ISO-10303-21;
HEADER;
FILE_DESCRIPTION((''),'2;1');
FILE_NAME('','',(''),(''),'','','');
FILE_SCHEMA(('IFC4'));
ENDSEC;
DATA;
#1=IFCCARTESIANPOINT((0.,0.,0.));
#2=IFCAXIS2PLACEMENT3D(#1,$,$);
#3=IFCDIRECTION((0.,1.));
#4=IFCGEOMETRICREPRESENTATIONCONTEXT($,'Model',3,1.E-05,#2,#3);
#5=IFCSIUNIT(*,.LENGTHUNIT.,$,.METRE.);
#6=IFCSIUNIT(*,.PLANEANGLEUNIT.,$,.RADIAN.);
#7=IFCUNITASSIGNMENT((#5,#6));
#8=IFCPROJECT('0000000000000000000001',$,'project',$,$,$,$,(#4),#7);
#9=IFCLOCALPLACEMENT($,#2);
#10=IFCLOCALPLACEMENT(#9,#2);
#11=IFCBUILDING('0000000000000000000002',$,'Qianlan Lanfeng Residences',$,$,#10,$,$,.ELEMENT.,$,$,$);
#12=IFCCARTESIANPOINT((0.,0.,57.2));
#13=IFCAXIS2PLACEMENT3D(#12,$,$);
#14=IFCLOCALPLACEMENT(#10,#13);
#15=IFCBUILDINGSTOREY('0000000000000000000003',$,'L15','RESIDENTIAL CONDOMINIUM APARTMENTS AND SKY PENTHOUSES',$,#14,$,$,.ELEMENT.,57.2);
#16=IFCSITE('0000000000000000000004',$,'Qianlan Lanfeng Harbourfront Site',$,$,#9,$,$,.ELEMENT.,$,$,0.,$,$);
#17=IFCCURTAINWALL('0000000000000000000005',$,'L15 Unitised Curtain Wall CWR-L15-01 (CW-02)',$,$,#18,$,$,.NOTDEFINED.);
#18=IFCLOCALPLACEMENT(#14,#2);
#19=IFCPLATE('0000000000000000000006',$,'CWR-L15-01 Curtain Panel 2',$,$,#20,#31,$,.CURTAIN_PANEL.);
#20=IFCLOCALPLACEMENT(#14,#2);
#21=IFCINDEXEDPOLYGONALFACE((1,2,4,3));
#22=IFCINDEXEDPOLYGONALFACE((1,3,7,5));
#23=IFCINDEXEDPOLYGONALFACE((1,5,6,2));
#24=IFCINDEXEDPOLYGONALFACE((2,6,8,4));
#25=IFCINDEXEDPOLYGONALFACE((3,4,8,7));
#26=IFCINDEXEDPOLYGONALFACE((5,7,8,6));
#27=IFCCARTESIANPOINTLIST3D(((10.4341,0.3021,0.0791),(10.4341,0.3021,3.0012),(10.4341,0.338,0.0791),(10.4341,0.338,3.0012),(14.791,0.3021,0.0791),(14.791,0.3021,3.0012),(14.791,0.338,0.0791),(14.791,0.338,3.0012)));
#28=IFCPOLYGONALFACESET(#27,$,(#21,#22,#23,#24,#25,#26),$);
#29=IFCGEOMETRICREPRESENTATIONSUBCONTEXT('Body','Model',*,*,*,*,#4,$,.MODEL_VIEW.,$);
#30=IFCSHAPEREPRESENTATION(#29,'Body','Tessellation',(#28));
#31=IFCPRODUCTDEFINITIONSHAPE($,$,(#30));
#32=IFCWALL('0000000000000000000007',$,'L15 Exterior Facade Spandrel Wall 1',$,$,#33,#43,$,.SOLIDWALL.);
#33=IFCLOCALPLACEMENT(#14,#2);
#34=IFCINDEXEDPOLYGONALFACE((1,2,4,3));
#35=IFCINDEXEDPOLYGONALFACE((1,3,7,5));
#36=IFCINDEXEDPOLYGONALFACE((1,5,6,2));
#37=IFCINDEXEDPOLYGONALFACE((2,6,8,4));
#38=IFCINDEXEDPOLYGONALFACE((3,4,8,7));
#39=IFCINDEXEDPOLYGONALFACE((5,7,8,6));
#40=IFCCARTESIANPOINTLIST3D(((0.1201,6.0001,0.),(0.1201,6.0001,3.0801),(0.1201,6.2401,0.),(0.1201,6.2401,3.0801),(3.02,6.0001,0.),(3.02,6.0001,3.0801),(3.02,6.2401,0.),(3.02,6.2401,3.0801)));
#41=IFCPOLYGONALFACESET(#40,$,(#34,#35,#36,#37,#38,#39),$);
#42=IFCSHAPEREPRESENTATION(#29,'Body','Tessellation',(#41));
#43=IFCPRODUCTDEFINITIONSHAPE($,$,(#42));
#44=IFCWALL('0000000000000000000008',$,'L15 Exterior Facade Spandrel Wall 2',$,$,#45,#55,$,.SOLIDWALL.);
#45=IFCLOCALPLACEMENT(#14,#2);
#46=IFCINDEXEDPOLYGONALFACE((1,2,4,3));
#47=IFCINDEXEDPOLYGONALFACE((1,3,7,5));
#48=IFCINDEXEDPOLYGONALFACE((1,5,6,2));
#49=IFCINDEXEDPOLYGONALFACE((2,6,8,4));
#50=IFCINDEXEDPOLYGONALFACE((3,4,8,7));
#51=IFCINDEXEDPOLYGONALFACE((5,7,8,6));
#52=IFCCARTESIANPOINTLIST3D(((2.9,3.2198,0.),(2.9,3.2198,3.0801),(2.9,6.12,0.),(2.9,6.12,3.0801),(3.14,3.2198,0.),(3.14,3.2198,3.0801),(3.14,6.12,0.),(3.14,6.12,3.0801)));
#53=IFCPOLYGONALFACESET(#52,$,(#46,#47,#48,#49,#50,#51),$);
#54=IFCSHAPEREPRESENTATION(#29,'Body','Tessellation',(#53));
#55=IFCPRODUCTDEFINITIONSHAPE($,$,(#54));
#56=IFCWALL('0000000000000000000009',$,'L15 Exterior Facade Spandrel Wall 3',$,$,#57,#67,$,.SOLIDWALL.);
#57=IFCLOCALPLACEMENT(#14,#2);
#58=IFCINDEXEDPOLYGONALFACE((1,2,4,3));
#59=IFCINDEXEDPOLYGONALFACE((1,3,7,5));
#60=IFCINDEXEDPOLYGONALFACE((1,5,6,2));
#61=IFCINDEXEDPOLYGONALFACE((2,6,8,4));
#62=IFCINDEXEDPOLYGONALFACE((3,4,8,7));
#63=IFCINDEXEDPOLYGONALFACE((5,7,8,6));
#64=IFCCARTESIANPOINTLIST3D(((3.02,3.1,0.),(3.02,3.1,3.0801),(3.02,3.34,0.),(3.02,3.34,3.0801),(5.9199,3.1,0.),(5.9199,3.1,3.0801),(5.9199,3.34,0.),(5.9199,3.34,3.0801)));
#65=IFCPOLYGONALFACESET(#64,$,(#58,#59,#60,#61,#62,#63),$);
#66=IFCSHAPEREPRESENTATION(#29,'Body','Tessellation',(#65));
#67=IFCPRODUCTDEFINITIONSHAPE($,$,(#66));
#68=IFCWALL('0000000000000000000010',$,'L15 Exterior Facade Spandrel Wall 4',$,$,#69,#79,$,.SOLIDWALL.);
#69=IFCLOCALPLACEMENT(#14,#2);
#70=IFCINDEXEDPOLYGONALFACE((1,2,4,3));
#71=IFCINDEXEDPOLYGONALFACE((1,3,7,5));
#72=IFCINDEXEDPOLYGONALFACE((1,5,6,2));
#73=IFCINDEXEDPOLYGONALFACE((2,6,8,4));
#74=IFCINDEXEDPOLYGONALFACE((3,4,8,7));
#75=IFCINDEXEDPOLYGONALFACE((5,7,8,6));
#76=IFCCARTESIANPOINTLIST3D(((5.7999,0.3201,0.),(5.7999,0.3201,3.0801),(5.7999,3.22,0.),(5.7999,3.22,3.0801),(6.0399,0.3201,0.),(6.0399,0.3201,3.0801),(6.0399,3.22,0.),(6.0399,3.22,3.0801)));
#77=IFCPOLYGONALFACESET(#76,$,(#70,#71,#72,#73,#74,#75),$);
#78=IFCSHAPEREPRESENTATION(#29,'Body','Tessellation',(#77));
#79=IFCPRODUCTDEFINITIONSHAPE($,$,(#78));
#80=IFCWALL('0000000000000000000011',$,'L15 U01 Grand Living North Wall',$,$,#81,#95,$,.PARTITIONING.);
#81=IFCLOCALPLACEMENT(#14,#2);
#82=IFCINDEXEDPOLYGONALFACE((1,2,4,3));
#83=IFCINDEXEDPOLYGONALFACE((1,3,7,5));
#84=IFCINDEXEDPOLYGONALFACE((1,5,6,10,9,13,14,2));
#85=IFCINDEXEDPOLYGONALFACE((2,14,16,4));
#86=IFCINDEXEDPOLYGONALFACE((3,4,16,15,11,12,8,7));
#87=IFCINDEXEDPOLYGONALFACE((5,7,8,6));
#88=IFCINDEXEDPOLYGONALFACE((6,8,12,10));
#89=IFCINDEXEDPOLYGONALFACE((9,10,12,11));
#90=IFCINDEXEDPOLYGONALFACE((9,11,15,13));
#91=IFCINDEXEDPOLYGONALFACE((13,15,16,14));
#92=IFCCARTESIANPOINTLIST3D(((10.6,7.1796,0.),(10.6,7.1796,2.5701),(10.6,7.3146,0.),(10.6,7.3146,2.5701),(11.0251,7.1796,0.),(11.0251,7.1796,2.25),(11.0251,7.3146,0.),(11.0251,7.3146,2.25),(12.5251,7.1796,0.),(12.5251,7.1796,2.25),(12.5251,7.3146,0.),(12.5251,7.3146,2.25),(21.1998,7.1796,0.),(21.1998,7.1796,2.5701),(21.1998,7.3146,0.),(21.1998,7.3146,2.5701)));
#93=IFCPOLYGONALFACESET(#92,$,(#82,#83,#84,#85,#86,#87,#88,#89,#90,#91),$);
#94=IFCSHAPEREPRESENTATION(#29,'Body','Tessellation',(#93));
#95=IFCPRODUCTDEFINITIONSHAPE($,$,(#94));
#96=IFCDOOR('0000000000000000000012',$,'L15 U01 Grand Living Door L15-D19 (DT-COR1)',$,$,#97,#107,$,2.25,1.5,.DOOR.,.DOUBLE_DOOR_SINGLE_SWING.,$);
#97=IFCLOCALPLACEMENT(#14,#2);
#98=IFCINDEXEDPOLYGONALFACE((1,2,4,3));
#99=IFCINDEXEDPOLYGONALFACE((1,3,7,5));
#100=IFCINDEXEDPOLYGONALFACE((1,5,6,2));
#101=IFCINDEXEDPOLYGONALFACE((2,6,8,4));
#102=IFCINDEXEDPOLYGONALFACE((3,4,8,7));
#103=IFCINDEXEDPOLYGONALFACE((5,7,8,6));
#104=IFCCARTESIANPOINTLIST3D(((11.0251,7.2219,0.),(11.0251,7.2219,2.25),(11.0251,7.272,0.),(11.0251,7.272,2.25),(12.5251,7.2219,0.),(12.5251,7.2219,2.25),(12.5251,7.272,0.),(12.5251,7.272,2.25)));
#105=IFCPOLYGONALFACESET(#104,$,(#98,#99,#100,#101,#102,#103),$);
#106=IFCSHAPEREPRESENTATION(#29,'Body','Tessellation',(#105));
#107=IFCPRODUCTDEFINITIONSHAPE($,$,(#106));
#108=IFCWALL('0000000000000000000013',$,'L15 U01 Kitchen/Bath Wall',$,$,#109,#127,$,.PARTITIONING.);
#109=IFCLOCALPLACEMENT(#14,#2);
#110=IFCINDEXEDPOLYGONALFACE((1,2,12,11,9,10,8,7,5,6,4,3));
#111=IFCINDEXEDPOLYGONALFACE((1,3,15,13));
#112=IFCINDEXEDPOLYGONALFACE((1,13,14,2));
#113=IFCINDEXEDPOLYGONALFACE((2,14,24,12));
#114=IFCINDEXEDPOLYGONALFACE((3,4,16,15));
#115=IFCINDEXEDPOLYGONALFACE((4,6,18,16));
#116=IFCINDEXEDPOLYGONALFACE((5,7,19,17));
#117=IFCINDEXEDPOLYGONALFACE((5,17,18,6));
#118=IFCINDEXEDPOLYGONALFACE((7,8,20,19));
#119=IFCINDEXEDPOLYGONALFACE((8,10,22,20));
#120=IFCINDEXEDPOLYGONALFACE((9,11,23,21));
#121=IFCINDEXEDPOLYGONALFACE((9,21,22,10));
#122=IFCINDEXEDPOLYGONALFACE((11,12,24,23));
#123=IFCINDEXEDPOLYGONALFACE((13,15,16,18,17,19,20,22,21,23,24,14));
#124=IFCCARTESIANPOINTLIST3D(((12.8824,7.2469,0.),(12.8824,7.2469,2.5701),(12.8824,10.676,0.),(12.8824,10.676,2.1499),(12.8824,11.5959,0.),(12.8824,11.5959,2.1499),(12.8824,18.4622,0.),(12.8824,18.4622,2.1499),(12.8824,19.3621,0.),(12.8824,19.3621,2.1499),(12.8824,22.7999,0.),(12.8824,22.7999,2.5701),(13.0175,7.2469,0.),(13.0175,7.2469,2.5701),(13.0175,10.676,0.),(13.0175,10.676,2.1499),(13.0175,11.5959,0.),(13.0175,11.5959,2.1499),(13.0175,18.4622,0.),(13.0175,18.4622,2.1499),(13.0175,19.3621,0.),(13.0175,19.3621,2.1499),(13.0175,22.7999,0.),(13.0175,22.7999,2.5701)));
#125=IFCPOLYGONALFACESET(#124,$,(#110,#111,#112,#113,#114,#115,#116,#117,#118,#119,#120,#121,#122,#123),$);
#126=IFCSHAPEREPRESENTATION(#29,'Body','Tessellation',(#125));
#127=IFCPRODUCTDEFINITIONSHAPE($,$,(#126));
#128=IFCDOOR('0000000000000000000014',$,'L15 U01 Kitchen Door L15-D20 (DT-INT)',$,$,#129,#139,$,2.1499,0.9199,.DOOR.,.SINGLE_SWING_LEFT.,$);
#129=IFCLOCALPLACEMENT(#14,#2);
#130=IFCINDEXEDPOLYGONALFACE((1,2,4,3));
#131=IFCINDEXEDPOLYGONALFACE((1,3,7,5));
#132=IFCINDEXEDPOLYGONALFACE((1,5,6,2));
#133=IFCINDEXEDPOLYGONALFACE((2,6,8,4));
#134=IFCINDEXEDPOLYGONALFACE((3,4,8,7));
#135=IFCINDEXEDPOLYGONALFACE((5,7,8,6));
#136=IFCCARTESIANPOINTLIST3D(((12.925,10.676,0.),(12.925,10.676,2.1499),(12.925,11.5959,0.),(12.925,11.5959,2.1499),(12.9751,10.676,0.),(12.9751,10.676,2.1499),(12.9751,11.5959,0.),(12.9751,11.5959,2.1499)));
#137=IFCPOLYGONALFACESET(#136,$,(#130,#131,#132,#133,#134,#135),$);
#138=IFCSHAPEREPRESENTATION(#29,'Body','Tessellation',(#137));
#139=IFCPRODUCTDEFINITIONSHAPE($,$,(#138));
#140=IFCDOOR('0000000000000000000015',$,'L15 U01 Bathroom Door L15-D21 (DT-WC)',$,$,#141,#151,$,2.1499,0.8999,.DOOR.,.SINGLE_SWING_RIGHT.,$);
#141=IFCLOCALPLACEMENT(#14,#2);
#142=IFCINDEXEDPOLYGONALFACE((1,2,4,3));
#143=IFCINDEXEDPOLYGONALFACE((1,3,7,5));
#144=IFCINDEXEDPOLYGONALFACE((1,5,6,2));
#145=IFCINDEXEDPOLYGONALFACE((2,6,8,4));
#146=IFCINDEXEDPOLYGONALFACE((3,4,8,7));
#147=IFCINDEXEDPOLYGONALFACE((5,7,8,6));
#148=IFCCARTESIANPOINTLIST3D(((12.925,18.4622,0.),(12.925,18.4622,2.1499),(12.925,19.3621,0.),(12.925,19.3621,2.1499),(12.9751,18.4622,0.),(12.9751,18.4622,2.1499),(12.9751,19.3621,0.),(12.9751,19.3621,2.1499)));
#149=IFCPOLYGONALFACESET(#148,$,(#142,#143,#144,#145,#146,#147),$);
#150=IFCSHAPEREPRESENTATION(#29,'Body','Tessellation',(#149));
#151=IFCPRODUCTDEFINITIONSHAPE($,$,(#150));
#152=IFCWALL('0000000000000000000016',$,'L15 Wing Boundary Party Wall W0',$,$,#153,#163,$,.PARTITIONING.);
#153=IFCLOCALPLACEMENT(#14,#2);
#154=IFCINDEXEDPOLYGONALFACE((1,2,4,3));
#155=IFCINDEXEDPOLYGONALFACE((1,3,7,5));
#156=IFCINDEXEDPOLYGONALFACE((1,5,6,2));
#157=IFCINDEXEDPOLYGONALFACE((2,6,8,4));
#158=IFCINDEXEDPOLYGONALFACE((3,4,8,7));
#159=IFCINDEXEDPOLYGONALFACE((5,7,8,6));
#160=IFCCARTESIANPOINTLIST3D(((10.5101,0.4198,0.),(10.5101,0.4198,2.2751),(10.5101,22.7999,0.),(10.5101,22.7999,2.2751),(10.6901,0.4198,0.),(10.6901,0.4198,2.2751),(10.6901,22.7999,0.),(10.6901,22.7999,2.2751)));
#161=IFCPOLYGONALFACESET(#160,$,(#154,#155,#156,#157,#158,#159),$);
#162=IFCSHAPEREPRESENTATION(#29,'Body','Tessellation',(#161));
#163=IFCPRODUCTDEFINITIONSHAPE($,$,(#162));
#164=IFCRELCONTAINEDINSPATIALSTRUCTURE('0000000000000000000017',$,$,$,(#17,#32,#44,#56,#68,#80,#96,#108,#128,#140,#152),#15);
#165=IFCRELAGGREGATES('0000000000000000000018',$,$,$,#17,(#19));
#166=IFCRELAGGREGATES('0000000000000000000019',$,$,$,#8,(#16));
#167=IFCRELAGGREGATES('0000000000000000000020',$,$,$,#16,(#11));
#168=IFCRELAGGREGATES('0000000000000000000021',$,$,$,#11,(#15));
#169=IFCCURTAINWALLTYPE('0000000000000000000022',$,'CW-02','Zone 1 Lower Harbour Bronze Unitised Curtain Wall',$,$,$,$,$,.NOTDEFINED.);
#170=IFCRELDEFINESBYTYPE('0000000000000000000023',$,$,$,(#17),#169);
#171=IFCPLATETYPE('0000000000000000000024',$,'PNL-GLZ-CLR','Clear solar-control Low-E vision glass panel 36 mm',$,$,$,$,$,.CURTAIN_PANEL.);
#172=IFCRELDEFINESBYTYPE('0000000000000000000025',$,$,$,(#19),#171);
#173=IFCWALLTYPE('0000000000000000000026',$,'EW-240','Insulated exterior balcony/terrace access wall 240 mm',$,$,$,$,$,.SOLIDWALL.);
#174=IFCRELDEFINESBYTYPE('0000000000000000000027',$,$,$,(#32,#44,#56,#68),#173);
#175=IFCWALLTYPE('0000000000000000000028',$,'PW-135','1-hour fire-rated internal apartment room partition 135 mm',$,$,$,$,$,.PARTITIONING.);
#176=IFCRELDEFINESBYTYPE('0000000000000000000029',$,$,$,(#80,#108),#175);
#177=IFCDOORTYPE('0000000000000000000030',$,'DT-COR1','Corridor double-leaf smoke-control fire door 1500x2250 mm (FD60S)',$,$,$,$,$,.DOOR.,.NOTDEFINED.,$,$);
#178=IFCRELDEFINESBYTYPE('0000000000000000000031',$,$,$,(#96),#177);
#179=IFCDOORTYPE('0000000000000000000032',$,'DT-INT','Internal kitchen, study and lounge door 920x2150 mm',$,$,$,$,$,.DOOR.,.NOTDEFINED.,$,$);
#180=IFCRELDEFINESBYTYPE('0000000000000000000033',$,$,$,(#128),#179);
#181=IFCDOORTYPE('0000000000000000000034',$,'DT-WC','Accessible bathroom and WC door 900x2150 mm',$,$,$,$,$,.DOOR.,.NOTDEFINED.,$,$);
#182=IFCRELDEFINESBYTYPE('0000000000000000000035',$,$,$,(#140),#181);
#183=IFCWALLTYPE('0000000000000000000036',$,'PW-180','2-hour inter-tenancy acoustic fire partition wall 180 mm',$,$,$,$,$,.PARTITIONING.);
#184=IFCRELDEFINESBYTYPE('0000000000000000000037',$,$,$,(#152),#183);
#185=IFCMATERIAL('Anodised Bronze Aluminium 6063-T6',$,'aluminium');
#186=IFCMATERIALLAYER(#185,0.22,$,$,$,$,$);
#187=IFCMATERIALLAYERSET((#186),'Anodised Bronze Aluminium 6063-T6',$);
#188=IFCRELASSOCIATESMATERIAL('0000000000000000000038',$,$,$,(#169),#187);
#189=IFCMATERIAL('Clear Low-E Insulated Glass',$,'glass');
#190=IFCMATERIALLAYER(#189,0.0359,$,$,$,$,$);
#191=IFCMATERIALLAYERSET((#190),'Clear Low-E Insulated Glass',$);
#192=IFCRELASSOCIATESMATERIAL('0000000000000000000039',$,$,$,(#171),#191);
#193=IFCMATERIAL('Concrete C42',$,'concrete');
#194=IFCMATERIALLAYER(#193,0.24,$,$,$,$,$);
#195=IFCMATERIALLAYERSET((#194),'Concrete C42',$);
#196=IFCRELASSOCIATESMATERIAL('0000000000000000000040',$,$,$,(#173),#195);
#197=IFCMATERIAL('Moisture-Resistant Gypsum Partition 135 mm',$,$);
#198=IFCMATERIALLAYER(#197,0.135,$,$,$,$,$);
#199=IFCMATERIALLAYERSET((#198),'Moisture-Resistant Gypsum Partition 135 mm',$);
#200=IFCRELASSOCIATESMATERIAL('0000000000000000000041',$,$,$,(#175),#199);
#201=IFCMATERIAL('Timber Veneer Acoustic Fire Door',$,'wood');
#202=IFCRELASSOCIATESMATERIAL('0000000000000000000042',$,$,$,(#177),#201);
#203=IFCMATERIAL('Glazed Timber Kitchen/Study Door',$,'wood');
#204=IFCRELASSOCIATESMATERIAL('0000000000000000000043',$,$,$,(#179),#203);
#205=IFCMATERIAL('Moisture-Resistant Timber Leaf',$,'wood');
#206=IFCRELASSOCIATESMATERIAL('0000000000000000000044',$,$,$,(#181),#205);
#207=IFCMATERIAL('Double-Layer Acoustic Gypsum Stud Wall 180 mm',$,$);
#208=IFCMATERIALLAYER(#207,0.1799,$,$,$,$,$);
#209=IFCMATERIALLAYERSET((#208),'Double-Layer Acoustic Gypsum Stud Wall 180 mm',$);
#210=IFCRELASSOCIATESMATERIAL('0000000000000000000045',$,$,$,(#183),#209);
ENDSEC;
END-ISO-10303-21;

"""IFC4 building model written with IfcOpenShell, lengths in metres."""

from ifc_helpers import new_model, si_unit, direction, frame, frame_2d, origin, origin_2d, place, context, subcontext, project, spatial, rectangle, extrude, source, transform, mapped, material, layer, layer_set, type_object, element, fill, aggregate, save


model = new_model("IFC4")

# Units and contexts
model_context = context("Model", 3, precision=1e-05, world=origin(), true_north=direction((0.0, 1.0)))
body_context = subcontext(model_context, "Body", "Model", "MODEL_VIEW")
ifc_project = project(units=[si_unit("LENGTHUNIT", "METRE"), si_unit("PLANEANGLEUNIT", "RADIAN")], contexts=[model_context])

# Site, building, storey
site_placement = place(None, origin())
site = spatial("IfcSite", under=ifc_project, at=site_placement, Name="Qianlan Lanfeng Harbourfront Site", CompositionType="ELEMENT", RefElevation=0.0)
building_placement = place(site_placement, origin())
building = spatial("IfcBuilding", under=site, at=building_placement, Name="Qianlan Lanfeng Residences", CompositionType="ELEMENT")
storey_placement = place(building_placement, frame((0.0, 0.0, 57.2)))
storey = spatial("IfcBuildingStorey", under=building, at=storey_placement, Name="L15", Description="RESIDENTIAL CONDOMINIUM APARTMENTS AND SKY PENTHOUSES", CompositionType="ELEMENT", Elevation=57.2)

# Curtain wall
ifc_material_1 = material(Name="Anodised Bronze Aluminium 6063-T6", Category="aluminium")
ifc_layer_1 = layer(ifc_material_1, 0.22)
ifc_layer_set_1 = layer_set([ifc_layer_1], Name="Anodised Bronze Aluminium 6063-T6")
curtain_wall_type = type_object("IfcCurtainWallType", Name="CW-02", Description="Zone 1 Lower Harbour Bronze Unitised Curtain Wall", PredefinedType="NOTDEFINED", material=ifc_layer_set_1)
curtain_wall_1_placement = place(storey_placement, origin())
curtain_wall_1 = element("IfcCurtainWall", 1, at=curtain_wall_1_placement, inside=storey, type_object=curtain_wall_type, Name="L15 Unitised Curtain Wall CWR-L15-01 (CW-02)", PredefinedType="NOTDEFINED")

# Plate
ifc_material_2 = material(Name="Clear Low-E Insulated Glass", Category="glass")
ifc_layer_2 = layer(ifc_material_2, 0.0359)
ifc_layer_set_2 = layer_set([ifc_layer_2], Name="Clear Low-E Insulated Glass")
plate_type = type_object("IfcPlateType", Name="PNL-GLZ-CLR", Description="Clear solar-control Low-E vision glass panel 36 mm", PredefinedType="CURTAIN_PANEL", material=ifc_layer_set_2)
shared_shape_1 = source(origin(), body_context, "Body", "SweptSolid", [
    extrude(rectangle(XDim=4.3569, YDim=0.0359, at=origin_2d()), origin(), (0.0, 0.0, 1.0), 2.9221),
])
plate_1_placement = place(storey_placement, frame((12.6125, 0.3201, 0.0791), z_axis=(0.0, 0.0, 1.0), x_axis=(1.0, 0.0, 0.0)))
plate_1 = element("IfcPlate", 2, at=plate_1_placement, type_object=plate_type, Name="CWR-L15-01 Curtain Panel 2", PredefinedType="CURTAIN_PANEL", context=body_context, shape_type="MappedRepresentation", body=[
    mapped(shared_shape_1, transform((0.0, 0.0, 0.0), scale=1.0)),
])
aggregate(curtain_wall_1, [plate_1])

# Walls
ifc_material_3 = material(Name="Concrete C42", Category="concrete")
ifc_layer_3 = layer(ifc_material_3, 0.24)
ifc_layer_set_3 = layer_set([ifc_layer_3], Name="Concrete C42")
wall_type_1 = type_object("IfcWallType", Name="EW-240", Description="Insulated exterior balcony/terrace access wall 240 mm", PredefinedType="SOLIDWALL", material=ifc_layer_set_3)
wall_1_placement = place(storey_placement, frame((0.1201, 6.1201, 0.0), z_axis=(0.0, 0.0, 1.0), x_axis=(1.0, 0.0, 0.0)))
element("IfcWall", 3, at=wall_1_placement, inside=storey, type_object=wall_type_1, Name="L15 Exterior Facade Spandrel Wall 1", PredefinedType="SOLIDWALL", context=body_context, shape_type="SweptSolid", body=[
    extrude(rectangle(XDim=2.8999, YDim=0.24, at=frame_2d((1.45, 0.0))), origin(), (0.0, 0.0, 1.0), 3.0801),
])
wall_2_placement = place(storey_placement, frame((3.02, 6.1201, 0.0), z_axis=(0.0, 0.0, 1.0), x_axis=(0.0, -1.0, 0.0)))
element("IfcWall", 4, at=wall_2_placement, inside=storey, type_object=wall_type_1, Name="L15 Exterior Facade Spandrel Wall 2", PredefinedType="SOLIDWALL", context=body_context, shape_type="SweptSolid", body=[
    extrude(rectangle(XDim=2.9001, YDim=0.24, at=frame_2d((1.4502, 0.0))), origin(), (0.0, 0.0, 1.0), 3.0801),
])
for number, where, z_axis, x_axis, name in (
    (5, (3.02, 3.22, 0.0), (0.0, 0.0, 1.0), (1.0, 0.0, 0.0), "L15 Exterior Facade Spandrel Wall 3"),
    (6, (5.9199, 3.22, 0.0), (0.0, 0.0, 1.0), (0.0, -1.0, 0.0), "L15 Exterior Facade Spandrel Wall 4"),
):
    element("IfcWall", number, at=place(storey_placement, frame(where, z_axis=z_axis, x_axis=x_axis)), inside=storey, type_object=wall_type_1, Name=name, PredefinedType="SOLIDWALL", context=body_context, shape_type="SweptSolid", body=[
        extrude(rectangle(XDim=2.8999, YDim=0.24, at=frame_2d((1.45, 0.0))), origin(), (0.0, 0.0, 1.0), 3.0801),
    ])

# Wall, opening, door
ifc_material_4 = material(Name="Moisture-Resistant Gypsum Partition 135 mm")
ifc_layer_4 = layer(ifc_material_4, 0.135)
ifc_layer_set_4 = layer_set([ifc_layer_4], Name="Moisture-Resistant Gypsum Partition 135 mm")
wall_type_2 = type_object("IfcWallType", Name="PW-135", Description="1-hour fire-rated internal apartment room partition 135 mm", PredefinedType="PARTITIONING", material=ifc_layer_set_4)
wall_3_placement = place(storey_placement, frame((10.6001, 7.2471, 0.0), z_axis=(0.0, 0.0, 1.0), x_axis=(1.0, 0.0, 0.0)))
wall_3 = element("IfcWall", 7, at=wall_3_placement, inside=storey, type_object=wall_type_2, Name="L15 U01 Grand Living North Wall", PredefinedType="PARTITIONING", context=body_context, shape_type="SweptSolid", body=[
    extrude(rectangle(XDim=10.5999, YDim=0.135, at=frame_2d((5.2998, 0.0))), origin(), (0.0, 0.0, 1.0), 2.5701),
])
opening_1_placement = place(wall_3_placement, frame((0.425, 0.0, 0.0)))
opening_1 = element("IfcOpeningElement", 8, at=opening_1_placement, cuts=wall_3, PredefinedType="OPENING", context=body_context, shape_type="SweptSolid", body=[
    extrude(rectangle(XDim=1.5, YDim=2.25, at=frame_2d((0.75, 1.125))), frame((0.0, 0.0776, 0.0), z_axis=(0.0, -1.0, 0.0), x_axis=(1.0, 0.0, 0.0)), (0.0, 0.0, 1.0), 0.155),
])
ifc_material_5 = material(Name="Timber Veneer Acoustic Fire Door", Category="wood")
door_type_1 = type_object("IfcDoorType", Name="DT-COR1", Description="Corridor double-leaf smoke-control fire door 1500x2250 mm (FD60S)", OperationType="NOTDEFINED", PredefinedType="DOOR", material=ifc_material_5)
door_1_placement = place(opening_1_placement, origin())
door_1 = element("IfcDoor", 9, at=door_1_placement, inside=storey, type_object=door_type_1, Name="L15 U01 Grand Living Door L15-D19 (DT-COR1)", OperationType="DOUBLE_DOOR_SINGLE_SWING", OverallHeight=2.25, OverallWidth=1.5, PredefinedType="DOOR", context=body_context, shape_type="SweptSolid", body=[
    extrude(rectangle(XDim=1.5, YDim=2.25, at=frame_2d((0.75, 1.125))), frame((0.0, 0.0249, 0.0), z_axis=(0.0, -1.0, 0.0), x_axis=(1.0, 0.0, 0.0)), (0.0, 0.0, 1.0), 0.05),
])
fill(opening_1, door_1)

# Wall, openings, doors
wall_4_placement = place(storey_placement, frame((12.95, 7.2471, 0.0), z_axis=(0.0, 0.0, 1.0), x_axis=(0.0, 1.0, 0.0)))
wall_4 = element("IfcWall", 10, at=wall_4_placement, inside=storey, type_object=wall_type_2, Name="L15 U01 Kitchen/Bath Wall", PredefinedType="PARTITIONING", context=body_context, shape_type="SweptSolid", body=[
    extrude(rectangle(XDim=15.553, YDim=0.135, at=frame_2d((7.7764, 0.0))), origin(), (0.0, 0.0, 1.0), 2.5701),
])
opening_2_placement = place(wall_4_placement, frame((3.429, 0.0, 0.0)))
opening_2 = element("IfcOpeningElement", 11, at=opening_2_placement, cuts=wall_4, PredefinedType="OPENING", context=body_context, shape_type="SweptSolid", body=[
    extrude(rectangle(XDim=0.9199, YDim=2.1499, at=frame_2d((0.46, 1.075))), frame((0.0, 0.0776, 0.0), z_axis=(0.0, -1.0, 0.0), x_axis=(1.0, 0.0, 0.0)), (0.0, 0.0, 1.0), 0.155),
])
opening_3_placement = place(wall_4_placement, frame((11.2151, 0.0, 0.0)))
opening_3 = element("IfcOpeningElement", 12, at=opening_3_placement, cuts=wall_4, PredefinedType="OPENING", context=body_context, shape_type="SweptSolid", body=[
    extrude(rectangle(XDim=0.8999, YDim=2.1499, at=frame_2d((0.45, 1.075))), frame((0.0, 0.0776, 0.0), z_axis=(0.0, -1.0, 0.0), x_axis=(1.0, 0.0, 0.0)), (0.0, 0.0, 1.0), 0.155),
])
ifc_material_6 = material(Name="Glazed Timber Kitchen/Study Door", Category="wood")
door_type_2 = type_object("IfcDoorType", Name="DT-INT", Description="Internal kitchen, study and lounge door 920x2150 mm", OperationType="NOTDEFINED", PredefinedType="DOOR", material=ifc_material_6)
door_2_placement = place(opening_2_placement, origin())
door_2 = element("IfcDoor", 13, at=door_2_placement, inside=storey, type_object=door_type_2, Name="L15 U01 Kitchen Door L15-D20 (DT-INT)", OperationType="SINGLE_SWING_LEFT", OverallHeight=2.1499, OverallWidth=0.9199, PredefinedType="DOOR", context=body_context, shape_type="SweptSolid", body=[
    extrude(rectangle(XDim=0.9199, YDim=2.1499, at=frame_2d((0.46, 1.075))), frame((0.0, 0.0249, 0.0), z_axis=(0.0, -1.0, 0.0), x_axis=(1.0, 0.0, 0.0)), (0.0, 0.0, 1.0), 0.05),
])
fill(opening_2, door_2)
ifc_material_7 = material(Name="Moisture-Resistant Timber Leaf", Category="wood")
door_type_3 = type_object("IfcDoorType", Name="DT-WC", Description="Accessible bathroom and WC door 900x2150 mm", OperationType="NOTDEFINED", PredefinedType="DOOR", material=ifc_material_7)
door_3_placement = place(opening_3_placement, origin())
door_3 = element("IfcDoor", 14, at=door_3_placement, inside=storey, type_object=door_type_3, Name="L15 U01 Bathroom Door L15-D21 (DT-WC)", OperationType="SINGLE_SWING_RIGHT", OverallHeight=2.1499, OverallWidth=0.8999, PredefinedType="DOOR", context=body_context, shape_type="SweptSolid", body=[
    extrude(rectangle(XDim=0.8999, YDim=2.1499, at=frame_2d((0.45, 1.075))), frame((0.0, 0.0249, 0.0), z_axis=(0.0, -1.0, 0.0), x_axis=(1.0, 0.0, 0.0)), (0.0, 0.0, 1.0), 0.05),
])
fill(opening_3, door_3)

# Wall
ifc_material_8 = material(Name="Double-Layer Acoustic Gypsum Stud Wall 180 mm")
ifc_layer_5 = layer(ifc_material_8, 0.1799)
ifc_layer_set_5 = layer_set([ifc_layer_5], Name="Double-Layer Acoustic Gypsum Stud Wall 180 mm")
wall_type_3 = type_object("IfcWallType", Name="PW-180", Description="2-hour inter-tenancy acoustic fire partition wall 180 mm", PredefinedType="PARTITIONING", material=ifc_layer_set_5)
wall_5_placement = place(storey_placement, frame((10.6001, 0.4199, 0.0), z_axis=(0.0, 0.0, 1.0), x_axis=(0.0, 1.0, 0.0)))
element("IfcWall", 15, at=wall_5_placement, inside=storey, type_object=wall_type_3, Name="L15 Wing Boundary Party Wall W0", PredefinedType="PARTITIONING", context=body_context, shape_type="SweptSolid", body=[
    extrude(rectangle(XDim=22.3801, YDim=0.1799, at=frame_2d((11.1899, 0.0))), origin(), (0.0, 0.0, 1.0), 2.2751),
])

save(model, "model.ifc")
